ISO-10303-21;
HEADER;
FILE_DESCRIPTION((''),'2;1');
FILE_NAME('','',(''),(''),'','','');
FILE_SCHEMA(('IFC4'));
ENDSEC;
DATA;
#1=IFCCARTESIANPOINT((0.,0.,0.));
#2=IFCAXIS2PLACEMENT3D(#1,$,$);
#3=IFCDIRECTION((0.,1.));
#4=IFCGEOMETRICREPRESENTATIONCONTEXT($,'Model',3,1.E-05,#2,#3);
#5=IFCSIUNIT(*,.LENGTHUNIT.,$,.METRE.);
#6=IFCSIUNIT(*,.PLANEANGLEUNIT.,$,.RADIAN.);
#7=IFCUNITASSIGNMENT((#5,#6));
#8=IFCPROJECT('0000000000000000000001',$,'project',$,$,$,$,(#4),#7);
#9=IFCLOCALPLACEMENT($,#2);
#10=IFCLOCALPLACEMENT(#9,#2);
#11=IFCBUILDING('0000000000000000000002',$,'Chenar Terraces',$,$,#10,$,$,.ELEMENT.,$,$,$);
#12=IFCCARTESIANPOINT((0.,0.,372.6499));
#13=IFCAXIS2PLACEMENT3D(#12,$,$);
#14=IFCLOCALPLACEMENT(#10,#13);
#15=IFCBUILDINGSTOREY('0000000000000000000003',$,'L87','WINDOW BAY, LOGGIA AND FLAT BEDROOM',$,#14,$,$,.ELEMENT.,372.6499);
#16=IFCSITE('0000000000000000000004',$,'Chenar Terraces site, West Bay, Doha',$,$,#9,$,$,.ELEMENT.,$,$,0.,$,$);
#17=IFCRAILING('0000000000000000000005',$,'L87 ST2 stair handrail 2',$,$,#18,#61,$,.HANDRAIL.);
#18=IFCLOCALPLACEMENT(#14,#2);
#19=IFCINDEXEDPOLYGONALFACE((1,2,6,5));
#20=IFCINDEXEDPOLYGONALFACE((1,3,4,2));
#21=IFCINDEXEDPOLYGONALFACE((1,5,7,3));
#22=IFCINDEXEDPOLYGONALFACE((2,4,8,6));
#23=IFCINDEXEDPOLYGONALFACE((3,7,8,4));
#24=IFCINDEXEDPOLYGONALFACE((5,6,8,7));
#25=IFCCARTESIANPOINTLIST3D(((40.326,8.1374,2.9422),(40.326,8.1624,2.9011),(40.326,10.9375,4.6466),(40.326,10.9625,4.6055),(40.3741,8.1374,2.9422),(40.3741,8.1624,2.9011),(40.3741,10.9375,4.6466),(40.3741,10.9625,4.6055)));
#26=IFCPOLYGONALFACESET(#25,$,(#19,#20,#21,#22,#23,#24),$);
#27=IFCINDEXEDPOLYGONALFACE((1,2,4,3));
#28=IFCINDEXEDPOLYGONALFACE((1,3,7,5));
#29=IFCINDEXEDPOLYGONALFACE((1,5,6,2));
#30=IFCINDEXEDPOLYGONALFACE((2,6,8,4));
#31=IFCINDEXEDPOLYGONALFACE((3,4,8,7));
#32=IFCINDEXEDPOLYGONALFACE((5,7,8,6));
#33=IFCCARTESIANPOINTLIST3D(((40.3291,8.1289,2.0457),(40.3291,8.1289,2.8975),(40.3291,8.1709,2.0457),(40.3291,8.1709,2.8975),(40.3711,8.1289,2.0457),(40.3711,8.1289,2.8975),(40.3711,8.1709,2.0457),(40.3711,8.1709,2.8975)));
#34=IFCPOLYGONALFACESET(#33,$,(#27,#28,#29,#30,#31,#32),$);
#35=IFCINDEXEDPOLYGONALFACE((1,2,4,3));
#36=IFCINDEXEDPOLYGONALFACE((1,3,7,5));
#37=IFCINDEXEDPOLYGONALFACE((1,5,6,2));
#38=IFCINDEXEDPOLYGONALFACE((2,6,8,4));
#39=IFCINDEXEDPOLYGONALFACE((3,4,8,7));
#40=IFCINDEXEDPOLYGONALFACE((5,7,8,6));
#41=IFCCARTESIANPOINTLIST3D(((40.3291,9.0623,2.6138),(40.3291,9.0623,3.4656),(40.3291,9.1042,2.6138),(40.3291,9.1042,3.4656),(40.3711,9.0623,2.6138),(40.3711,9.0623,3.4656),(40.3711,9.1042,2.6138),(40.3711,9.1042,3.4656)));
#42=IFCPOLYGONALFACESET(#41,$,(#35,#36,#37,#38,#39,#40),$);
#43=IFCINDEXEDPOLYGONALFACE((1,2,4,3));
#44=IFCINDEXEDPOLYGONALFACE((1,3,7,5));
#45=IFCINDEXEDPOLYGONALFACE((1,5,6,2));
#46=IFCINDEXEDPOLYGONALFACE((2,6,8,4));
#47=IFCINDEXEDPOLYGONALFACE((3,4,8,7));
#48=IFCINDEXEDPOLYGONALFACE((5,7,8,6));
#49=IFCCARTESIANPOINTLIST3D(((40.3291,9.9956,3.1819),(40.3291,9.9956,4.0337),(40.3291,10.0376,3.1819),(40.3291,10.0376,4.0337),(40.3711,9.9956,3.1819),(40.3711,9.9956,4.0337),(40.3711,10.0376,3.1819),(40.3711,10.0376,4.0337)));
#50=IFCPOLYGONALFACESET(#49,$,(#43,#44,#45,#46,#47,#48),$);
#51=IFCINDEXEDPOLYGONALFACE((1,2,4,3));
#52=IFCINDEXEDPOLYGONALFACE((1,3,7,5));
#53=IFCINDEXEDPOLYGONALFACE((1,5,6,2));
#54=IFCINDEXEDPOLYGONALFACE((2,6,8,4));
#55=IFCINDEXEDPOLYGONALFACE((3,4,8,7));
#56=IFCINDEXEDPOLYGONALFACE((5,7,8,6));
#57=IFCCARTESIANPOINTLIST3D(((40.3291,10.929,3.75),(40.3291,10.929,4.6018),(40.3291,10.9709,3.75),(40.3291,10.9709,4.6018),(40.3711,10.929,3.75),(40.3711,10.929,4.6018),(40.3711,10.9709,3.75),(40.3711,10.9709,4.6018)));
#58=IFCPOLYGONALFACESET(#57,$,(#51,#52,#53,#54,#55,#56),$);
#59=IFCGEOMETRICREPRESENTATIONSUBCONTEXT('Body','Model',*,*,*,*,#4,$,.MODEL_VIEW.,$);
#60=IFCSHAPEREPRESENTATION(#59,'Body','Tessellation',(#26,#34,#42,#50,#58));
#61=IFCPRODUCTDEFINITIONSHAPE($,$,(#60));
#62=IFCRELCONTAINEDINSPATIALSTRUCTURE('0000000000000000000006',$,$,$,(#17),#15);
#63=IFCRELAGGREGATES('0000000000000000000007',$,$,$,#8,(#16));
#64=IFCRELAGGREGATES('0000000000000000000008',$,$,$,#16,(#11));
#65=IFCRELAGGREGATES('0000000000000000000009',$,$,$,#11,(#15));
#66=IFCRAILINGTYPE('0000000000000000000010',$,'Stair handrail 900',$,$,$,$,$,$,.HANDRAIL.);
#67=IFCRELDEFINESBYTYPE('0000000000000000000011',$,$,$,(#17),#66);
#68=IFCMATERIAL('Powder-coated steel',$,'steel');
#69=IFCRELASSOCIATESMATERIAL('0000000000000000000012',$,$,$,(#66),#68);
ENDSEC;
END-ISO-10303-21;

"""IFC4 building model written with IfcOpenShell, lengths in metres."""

from ifc_helpers import new_model, si_unit, direction, frame, origin, origin_2d, place, context, subcontext, project, spatial, rectangle, extrude, material, type_object, element, save


model = new_model("IFC4")

# Units and contexts
model_context = context("Model", 3, precision=1e-05, world=origin(), true_north=direction((0.0, 1.0)))
body_context = subcontext(model_context, "Body", "Model", "MODEL_VIEW")
ifc_project = project(units=[si_unit("LENGTHUNIT", "METRE"), si_unit("PLANEANGLEUNIT", "RADIAN")], contexts=[model_context])

# Site, building, storey
site_placement = place(None, origin())
site = spatial("IfcSite", under=ifc_project, at=site_placement, Name="Chenar Terraces site, West Bay, Doha", CompositionType="ELEMENT", RefElevation=0.0)
building_placement = place(site_placement, origin())
building = spatial("IfcBuilding", under=site, at=building_placement, Name="Chenar Terraces", CompositionType="ELEMENT")
storey_placement = place(building_placement, frame((0.0, 0.0, 372.6499)))
storey = spatial("IfcBuildingStorey", under=building, at=storey_placement, Name="L87", Description="WINDOW BAY, LOGGIA AND FLAT BEDROOM", CompositionType="ELEMENT", Elevation=372.6499)

# Railing
ifc_material_1 = material(Name="Powder-coated steel", Category="steel")
railing_type_1 = type_object("IfcRailingType", Name="Stair handrail 900", PredefinedType="HANDRAIL", material=ifc_material_1)
railing_1_placement = place(storey_placement, frame((40.3501, 8.1499, 2.0457)))
element("IfcRailing", 1, at=railing_1_placement, inside=storey, type_object=railing_type_1, Name="L87 ST2 stair handrail 2", PredefinedType="HANDRAIL", context=body_context, shape_type="SweptSolid", body=[
    extrude(rectangle(XDim=0.0481, YDim=0.0481, at=origin_2d()), frame((0.0, 0.0, 0.876), z_axis=(0.0, 0.854203, 0.51994), x_axis=(-1.0, 0.0, 0.0)), (0.0, 0.0, 1.0), 3.2781),
    extrude(rectangle(XDim=0.042, YDim=0.042, at=origin_2d()), origin(), (0.0, 0.0, 1.0), 0.8518),
    extrude(rectangle(XDim=0.042, YDim=0.042, at=origin_2d()), frame((0.0, 0.9333, 0.5681)), (0.0, 0.0, 1.0), 0.8518),
    extrude(rectangle(XDim=0.042, YDim=0.042, at=origin_2d()), frame((0.0, 1.8667, 1.1362)), (0.0, 0.0, 1.0), 0.8518),
    extrude(rectangle(XDim=0.042, YDim=0.042, at=origin_2d()), frame((0.0, 2.8, 1.7043)), (0.0, 0.0, 1.0), 0.8518),
])

save(model, "model.ifc")
